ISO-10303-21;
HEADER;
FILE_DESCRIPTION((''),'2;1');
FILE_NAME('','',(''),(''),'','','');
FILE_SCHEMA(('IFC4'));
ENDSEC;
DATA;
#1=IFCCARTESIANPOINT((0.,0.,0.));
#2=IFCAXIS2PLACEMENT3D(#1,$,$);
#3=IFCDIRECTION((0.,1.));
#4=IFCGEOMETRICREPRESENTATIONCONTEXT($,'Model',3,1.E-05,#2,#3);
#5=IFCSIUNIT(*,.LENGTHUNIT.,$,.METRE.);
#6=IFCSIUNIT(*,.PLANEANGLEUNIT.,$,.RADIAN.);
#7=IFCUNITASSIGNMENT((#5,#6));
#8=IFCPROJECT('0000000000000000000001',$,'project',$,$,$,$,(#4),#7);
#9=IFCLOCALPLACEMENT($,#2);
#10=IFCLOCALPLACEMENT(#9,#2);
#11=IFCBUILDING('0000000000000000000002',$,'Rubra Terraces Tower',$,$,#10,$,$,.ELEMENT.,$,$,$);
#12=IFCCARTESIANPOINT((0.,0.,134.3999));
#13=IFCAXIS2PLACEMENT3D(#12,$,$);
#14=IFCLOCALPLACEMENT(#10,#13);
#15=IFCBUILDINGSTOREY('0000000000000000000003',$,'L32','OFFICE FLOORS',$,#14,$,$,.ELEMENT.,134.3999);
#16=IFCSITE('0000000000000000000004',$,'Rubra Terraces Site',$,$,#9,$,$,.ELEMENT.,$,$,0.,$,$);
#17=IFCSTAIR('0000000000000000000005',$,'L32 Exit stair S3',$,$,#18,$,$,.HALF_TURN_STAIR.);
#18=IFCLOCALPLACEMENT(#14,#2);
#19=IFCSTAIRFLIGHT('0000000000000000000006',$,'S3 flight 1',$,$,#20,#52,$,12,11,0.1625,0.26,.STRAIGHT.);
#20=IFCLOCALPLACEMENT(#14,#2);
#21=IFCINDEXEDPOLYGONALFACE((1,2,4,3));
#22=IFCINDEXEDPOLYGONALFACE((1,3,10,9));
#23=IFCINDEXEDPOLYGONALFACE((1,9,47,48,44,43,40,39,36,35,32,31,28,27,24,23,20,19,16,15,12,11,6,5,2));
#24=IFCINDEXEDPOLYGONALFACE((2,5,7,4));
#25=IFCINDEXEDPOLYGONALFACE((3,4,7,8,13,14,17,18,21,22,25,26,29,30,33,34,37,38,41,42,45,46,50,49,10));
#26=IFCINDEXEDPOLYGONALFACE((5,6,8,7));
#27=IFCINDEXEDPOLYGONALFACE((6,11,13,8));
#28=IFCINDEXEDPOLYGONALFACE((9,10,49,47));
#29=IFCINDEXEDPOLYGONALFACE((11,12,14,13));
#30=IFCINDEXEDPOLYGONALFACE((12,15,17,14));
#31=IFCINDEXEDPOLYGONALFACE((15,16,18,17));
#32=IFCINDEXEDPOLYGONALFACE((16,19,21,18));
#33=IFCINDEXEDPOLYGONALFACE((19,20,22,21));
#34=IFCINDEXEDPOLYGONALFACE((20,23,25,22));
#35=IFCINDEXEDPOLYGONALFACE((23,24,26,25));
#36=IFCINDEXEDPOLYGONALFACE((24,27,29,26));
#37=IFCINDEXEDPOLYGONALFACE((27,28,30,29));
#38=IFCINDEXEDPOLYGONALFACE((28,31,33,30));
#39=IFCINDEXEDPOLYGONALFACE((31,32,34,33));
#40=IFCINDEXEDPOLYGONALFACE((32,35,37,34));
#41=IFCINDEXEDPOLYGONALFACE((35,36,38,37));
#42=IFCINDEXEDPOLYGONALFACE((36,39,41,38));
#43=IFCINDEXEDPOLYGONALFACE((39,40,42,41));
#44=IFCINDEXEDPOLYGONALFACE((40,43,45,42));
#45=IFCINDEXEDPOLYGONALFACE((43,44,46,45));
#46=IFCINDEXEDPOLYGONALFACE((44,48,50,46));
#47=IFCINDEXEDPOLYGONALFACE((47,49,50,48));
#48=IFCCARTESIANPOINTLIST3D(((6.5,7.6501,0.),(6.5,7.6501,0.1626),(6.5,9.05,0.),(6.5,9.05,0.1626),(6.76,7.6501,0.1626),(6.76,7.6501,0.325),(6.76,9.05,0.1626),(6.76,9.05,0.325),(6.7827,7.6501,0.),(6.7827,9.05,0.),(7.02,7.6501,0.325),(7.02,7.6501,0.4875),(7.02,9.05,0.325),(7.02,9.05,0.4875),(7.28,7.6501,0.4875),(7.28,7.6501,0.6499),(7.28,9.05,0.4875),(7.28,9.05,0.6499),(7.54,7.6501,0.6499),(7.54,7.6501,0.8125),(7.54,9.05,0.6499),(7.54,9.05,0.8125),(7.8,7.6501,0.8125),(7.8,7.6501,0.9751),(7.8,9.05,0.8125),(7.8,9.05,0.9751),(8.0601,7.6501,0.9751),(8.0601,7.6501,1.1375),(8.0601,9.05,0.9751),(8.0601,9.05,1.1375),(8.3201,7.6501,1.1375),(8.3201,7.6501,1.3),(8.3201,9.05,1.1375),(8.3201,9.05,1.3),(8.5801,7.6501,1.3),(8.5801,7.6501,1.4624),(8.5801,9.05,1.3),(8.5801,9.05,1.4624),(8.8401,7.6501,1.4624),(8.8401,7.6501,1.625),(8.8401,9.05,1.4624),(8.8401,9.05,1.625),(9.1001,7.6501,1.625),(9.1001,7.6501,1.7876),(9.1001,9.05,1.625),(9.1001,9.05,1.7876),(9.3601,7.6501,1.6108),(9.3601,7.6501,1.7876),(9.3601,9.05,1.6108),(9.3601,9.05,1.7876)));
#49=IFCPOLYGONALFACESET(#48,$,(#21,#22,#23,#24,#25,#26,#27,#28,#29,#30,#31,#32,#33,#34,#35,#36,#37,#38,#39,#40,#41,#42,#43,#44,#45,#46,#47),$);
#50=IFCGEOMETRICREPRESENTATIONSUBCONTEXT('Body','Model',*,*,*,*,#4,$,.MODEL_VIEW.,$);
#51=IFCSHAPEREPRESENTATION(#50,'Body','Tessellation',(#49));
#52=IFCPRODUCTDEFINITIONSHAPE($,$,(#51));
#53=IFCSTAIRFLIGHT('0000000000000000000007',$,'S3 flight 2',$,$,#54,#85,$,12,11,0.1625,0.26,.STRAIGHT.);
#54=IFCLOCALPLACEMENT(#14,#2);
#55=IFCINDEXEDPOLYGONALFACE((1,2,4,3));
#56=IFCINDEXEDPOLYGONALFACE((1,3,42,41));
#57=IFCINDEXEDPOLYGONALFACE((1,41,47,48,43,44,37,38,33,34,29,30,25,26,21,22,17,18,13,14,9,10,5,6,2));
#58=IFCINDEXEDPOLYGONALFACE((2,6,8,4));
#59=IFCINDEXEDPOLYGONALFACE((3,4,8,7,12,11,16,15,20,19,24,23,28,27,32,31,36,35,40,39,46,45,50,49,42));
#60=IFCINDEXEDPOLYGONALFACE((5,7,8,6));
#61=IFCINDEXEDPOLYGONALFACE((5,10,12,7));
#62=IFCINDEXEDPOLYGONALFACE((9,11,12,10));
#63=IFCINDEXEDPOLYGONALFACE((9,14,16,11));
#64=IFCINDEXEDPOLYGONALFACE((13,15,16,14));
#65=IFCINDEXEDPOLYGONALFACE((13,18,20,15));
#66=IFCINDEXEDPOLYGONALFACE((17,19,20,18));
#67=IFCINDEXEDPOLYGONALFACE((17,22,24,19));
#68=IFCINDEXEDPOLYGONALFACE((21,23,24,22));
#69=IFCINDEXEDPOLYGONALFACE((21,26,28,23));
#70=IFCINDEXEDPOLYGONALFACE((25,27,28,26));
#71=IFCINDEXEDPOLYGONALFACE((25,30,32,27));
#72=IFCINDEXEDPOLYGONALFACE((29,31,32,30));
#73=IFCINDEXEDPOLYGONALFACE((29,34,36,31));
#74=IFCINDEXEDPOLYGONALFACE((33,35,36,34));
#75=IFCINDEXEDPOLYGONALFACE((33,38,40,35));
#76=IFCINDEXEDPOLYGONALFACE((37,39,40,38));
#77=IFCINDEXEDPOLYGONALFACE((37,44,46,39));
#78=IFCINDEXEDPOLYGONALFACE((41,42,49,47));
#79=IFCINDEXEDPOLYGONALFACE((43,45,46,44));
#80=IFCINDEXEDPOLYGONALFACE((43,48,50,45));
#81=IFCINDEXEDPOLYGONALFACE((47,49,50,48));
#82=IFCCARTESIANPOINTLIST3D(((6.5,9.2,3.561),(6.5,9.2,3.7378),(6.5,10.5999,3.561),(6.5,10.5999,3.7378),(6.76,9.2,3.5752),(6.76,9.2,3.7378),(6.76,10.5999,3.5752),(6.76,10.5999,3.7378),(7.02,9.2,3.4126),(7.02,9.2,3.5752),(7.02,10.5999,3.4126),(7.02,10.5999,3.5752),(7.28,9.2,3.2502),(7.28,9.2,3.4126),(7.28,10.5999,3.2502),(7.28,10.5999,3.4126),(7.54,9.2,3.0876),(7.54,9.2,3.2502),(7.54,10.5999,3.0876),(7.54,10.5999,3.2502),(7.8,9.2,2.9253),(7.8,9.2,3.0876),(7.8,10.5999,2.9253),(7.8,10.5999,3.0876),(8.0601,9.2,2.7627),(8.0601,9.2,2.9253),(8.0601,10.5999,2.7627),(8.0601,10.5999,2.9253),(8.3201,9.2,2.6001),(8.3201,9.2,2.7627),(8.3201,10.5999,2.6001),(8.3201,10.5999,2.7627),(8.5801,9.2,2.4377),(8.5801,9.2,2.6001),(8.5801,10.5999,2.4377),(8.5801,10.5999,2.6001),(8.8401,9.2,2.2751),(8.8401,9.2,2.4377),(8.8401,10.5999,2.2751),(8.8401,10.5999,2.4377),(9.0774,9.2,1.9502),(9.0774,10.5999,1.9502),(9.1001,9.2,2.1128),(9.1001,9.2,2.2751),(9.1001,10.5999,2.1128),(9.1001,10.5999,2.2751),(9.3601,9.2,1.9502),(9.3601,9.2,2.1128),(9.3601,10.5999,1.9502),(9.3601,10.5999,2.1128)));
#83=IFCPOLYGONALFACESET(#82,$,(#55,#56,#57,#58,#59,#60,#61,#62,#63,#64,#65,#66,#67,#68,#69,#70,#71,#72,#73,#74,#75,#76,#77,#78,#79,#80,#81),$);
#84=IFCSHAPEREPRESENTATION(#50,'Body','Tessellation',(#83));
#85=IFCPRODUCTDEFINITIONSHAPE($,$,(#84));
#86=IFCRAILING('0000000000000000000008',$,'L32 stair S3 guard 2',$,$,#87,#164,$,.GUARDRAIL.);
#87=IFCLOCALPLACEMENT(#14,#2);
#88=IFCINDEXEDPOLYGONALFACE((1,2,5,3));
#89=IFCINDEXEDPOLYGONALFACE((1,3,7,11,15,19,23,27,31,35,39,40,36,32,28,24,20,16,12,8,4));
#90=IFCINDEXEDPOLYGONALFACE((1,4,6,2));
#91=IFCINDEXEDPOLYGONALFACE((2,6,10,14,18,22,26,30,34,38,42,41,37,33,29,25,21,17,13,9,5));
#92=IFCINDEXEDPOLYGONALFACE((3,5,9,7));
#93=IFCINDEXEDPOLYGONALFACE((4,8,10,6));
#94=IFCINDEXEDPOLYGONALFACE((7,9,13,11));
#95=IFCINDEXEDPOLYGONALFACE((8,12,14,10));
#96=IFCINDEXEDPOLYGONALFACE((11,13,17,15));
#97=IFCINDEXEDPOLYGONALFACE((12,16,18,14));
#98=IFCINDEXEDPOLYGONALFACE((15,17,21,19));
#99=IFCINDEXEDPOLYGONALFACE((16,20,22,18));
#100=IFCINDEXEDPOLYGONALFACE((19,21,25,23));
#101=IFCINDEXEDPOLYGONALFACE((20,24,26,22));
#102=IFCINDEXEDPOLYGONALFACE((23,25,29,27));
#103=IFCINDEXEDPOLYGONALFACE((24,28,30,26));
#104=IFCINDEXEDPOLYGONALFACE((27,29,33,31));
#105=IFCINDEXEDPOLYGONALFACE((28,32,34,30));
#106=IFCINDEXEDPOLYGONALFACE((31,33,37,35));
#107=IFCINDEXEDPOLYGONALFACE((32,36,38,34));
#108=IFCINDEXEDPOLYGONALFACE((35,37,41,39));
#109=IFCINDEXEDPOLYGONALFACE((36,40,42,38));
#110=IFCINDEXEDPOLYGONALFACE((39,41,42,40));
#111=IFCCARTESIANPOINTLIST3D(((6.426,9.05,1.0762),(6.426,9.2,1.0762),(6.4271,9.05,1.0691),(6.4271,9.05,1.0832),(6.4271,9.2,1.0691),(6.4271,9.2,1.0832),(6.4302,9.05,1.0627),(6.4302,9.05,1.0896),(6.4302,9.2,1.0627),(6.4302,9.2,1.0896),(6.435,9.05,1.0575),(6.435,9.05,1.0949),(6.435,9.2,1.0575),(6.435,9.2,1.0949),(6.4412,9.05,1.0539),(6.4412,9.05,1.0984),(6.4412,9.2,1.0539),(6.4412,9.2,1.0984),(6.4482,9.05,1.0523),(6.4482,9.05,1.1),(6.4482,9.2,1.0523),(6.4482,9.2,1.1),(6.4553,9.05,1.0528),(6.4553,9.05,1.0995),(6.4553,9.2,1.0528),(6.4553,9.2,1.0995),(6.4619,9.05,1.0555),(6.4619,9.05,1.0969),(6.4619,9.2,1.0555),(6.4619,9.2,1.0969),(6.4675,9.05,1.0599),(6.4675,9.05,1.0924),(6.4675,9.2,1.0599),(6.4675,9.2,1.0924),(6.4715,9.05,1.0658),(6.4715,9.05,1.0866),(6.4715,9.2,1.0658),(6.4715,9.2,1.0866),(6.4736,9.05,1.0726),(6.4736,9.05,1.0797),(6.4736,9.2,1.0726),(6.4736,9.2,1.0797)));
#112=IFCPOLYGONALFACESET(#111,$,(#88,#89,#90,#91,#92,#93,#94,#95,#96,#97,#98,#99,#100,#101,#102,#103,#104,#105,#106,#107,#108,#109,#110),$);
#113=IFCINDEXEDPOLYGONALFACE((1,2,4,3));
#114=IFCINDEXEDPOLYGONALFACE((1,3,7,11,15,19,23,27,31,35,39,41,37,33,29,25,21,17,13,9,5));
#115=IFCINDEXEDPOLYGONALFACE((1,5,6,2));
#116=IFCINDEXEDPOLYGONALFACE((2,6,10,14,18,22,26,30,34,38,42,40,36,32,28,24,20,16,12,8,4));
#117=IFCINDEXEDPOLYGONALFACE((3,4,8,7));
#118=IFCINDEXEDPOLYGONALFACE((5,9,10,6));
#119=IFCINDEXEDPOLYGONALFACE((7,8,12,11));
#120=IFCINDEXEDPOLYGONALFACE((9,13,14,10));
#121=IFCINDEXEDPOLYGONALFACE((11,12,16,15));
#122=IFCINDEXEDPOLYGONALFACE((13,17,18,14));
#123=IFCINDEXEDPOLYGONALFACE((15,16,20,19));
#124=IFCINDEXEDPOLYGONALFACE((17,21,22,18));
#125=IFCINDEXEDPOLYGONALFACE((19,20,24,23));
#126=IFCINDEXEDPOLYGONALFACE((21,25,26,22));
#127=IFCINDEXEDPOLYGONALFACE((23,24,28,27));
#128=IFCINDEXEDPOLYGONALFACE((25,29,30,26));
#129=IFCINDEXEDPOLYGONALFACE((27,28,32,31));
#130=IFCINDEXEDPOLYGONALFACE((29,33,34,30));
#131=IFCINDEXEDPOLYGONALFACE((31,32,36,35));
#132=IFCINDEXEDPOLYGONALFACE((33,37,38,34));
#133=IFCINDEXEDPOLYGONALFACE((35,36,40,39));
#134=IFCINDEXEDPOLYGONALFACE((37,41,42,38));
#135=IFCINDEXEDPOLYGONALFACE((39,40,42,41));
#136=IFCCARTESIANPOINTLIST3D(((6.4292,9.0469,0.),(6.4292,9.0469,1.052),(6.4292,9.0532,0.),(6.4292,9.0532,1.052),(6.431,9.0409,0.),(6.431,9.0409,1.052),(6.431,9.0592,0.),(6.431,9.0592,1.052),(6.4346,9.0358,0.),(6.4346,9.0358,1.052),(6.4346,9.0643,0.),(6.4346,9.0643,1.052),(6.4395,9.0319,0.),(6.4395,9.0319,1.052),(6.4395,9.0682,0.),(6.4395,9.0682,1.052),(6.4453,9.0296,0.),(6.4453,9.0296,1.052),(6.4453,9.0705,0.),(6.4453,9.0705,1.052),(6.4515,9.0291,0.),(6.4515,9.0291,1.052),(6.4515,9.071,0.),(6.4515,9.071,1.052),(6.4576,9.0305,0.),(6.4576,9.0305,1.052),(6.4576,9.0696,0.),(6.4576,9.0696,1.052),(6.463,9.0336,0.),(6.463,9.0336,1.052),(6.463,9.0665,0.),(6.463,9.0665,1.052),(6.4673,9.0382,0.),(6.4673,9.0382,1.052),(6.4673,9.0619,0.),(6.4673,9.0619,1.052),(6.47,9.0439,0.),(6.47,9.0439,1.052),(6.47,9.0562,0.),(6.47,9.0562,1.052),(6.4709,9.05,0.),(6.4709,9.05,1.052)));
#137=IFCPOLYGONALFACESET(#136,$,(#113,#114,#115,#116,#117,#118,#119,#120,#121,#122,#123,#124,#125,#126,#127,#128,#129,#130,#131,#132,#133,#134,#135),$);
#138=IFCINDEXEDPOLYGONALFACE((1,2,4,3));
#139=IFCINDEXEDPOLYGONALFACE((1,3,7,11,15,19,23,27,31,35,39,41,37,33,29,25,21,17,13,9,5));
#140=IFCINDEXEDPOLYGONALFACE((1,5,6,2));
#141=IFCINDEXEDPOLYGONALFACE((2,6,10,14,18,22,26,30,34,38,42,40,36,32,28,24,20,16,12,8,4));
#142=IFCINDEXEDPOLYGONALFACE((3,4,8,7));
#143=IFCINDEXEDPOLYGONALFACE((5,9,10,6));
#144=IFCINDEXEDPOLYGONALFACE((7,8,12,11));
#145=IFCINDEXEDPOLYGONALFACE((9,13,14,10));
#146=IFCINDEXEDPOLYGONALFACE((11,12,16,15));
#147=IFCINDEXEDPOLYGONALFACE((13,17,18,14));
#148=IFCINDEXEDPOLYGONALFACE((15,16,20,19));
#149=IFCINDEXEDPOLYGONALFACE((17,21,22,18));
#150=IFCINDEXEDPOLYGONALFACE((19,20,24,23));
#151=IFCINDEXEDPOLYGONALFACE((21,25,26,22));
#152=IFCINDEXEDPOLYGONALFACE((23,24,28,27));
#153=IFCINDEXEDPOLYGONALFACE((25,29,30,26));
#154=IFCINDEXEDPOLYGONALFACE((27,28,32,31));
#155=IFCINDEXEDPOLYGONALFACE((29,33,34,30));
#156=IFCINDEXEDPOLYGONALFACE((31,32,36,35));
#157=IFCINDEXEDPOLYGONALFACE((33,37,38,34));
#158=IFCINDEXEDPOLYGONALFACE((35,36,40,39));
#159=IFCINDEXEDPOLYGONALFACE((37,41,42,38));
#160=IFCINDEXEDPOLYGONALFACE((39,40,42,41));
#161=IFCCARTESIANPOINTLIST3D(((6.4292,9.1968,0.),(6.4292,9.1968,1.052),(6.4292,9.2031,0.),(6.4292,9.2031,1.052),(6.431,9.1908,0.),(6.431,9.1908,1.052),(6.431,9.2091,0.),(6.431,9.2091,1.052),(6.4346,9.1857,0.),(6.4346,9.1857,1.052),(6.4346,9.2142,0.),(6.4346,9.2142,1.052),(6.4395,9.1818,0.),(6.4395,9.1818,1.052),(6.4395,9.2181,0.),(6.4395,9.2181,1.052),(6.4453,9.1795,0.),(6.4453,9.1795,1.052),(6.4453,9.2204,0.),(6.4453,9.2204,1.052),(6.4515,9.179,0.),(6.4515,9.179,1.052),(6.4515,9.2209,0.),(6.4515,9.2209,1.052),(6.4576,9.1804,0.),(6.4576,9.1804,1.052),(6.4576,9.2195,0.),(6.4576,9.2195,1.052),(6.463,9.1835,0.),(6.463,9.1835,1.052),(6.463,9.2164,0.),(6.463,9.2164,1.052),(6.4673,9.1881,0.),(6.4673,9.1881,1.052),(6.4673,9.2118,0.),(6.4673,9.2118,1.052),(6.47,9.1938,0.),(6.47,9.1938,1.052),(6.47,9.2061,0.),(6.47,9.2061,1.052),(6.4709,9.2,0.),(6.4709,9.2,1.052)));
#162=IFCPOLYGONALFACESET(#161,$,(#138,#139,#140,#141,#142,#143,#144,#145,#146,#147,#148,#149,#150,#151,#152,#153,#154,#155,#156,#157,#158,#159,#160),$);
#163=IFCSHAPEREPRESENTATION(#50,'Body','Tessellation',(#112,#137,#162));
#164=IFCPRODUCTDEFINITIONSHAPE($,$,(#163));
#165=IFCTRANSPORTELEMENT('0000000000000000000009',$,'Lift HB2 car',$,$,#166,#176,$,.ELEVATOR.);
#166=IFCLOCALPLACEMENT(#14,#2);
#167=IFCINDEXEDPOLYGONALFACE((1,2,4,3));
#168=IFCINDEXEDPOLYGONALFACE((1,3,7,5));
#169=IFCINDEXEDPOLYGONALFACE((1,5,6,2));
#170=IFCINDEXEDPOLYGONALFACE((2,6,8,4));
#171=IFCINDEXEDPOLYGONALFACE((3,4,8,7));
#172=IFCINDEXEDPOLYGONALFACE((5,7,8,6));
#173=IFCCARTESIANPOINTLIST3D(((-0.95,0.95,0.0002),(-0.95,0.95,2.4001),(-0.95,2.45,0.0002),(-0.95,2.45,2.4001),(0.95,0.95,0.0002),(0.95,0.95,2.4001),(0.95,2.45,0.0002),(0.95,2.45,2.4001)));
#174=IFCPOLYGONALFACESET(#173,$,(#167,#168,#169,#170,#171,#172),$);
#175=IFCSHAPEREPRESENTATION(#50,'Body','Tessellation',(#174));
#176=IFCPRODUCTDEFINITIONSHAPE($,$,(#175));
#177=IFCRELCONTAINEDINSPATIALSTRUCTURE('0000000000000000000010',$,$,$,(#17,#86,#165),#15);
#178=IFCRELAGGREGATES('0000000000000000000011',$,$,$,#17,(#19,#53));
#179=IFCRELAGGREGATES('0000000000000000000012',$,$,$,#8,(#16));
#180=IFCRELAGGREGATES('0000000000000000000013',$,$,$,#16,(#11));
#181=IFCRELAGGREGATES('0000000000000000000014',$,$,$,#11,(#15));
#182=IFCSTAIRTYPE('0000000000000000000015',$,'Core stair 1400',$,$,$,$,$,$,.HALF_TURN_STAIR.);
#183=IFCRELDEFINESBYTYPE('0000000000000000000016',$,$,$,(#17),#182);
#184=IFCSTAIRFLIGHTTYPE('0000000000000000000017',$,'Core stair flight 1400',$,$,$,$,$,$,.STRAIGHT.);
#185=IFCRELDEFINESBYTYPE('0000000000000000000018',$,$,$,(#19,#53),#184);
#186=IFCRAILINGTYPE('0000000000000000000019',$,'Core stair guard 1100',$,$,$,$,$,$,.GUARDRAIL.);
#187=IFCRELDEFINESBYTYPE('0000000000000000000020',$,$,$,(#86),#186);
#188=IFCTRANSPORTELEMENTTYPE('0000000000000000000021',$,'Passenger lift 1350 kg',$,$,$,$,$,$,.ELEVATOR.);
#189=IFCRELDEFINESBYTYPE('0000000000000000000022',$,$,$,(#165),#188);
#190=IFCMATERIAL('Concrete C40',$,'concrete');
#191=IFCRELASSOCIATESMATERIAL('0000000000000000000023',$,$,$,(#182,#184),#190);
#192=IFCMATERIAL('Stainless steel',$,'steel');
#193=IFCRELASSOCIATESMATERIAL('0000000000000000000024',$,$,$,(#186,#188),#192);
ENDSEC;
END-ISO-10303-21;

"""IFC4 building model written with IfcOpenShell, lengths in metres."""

from ifc_helpers import new_model, si_unit, direction, frame, origin, origin_2d, place, context, subcontext, project, spatial, polyline, rectangle, circle, outline, extrude, material, type_object, element, aggregate, save


model = new_model("IFC4")

# Units and contexts
model_context = context("Model", 3, precision=1e-05, world=origin(), true_north=direction((0.0, 1.0)))
body_context = subcontext(model_context, "Body", "Model", "MODEL_VIEW")
ifc_project = project(units=[si_unit("LENGTHUNIT", "METRE"), si_unit("PLANEANGLEUNIT", "RADIAN")], contexts=[model_context])

# Site, building, storey
site_placement = place(None, origin())
site = spatial("IfcSite", under=ifc_project, at=site_placement, Name="Rubra Terraces Site", CompositionType="ELEMENT", RefElevation=0.0)
building_placement = place(site_placement, origin())
building = spatial("IfcBuilding", under=site, at=building_placement, Name="Rubra Terraces Tower", CompositionType="ELEMENT")
storey_placement = place(building_placement, frame((0.0, 0.0, 134.3999)))
storey = spatial("IfcBuildingStorey", under=building, at=storey_placement, Name="L32", Description="OFFICE FLOORS", CompositionType="ELEMENT", Elevation=134.3999)

# Shared definitions
ifc_material_1 = material(Name="Concrete C40", Category="concrete")

# Shared definitions
ifc_material_2 = material(Name="Stainless steel", Category="steel")

# Stair, stair flights
stair_type = type_object("IfcStairType", Name="Core stair 1400", PredefinedType="HALF_TURN_STAIR", material=ifc_material_1)
stair_placement = place(storey_placement, origin())
stair = element("IfcStair", 1, at=stair_placement, inside=storey, type_object=stair_type, Name="L32 Exit stair S3", PredefinedType="HALF_TURN_STAIR")
stair_flight_type = type_object("IfcStairFlightType", Name="Core stair flight 1400", PredefinedType="STRAIGHT", material=ifc_material_1)
stair_flight_1_placement = place(storey_placement, frame((6.5, 8.3501, 0.0), z_axis=(0.0, 0.0, 1.0), x_axis=(1.0, 0.0, 0.0)))
stair_flight_1 = element("IfcStairFlight", 2, at=stair_flight_1_placement, type_object=stair_flight_type, Name="S3 flight 1", NumberOfRisers=12, NumberOfTreads=11, PredefinedType="STRAIGHT", RiserHeight=0.1625, TreadLength=0.26, context=body_context, shape_type="SweptSolid", body=[
    extrude(outline(polyline([(0.0, 0.0), (0.0, 0.1626), (0.26, 0.1626), (0.26, 0.325), (0.52, 0.325), (0.52, 0.4875), (0.78, 0.4875), (0.78, 0.6499), (1.04, 0.6499), (1.04, 0.8125), (1.3, 0.8125), (1.3, 0.9751), (1.5601, 0.9751), (1.5601, 1.1375), (1.8201, 1.1375), (1.8201, 1.3), (2.0801, 1.3), (2.0801, 1.4624), (2.3401, 1.4624), (2.3401, 1.625), (2.6001, 1.625), (2.6001, 1.7876), (2.8601, 1.7876), (2.8601, 1.95), (2.8601, 1.6108), (0.2827, 0.0), (0.0, 0.0)])), frame((0.0, 0.7, 0.0), z_axis=(0.0, -1.0, 0.0), x_axis=(1.0, 0.0, 0.0)), (0.0, 0.0, 1.0), 1.3999),
])
stair_flight_2_placement = place(storey_placement, frame((9.3601, 9.8999, 1.9502), z_axis=(0.0, 0.0, 1.0), x_axis=(-1.0, 0.0, 0.0)))
stair_flight_2 = element("IfcStairFlight", 3, at=stair_flight_2_placement, type_object=stair_flight_type, Name="S3 flight 2", NumberOfRisers=12, NumberOfTreads=11, PredefinedType="STRAIGHT", RiserHeight=0.1625, TreadLength=0.26, context=body_context, shape_type="SweptSolid", body=[
    extrude(outline(polyline([(0.0, 0.0), (0.0, 0.1626), (0.26, 0.1626), (0.26, 0.325), (0.52, 0.325), (0.52, 0.4875), (0.78, 0.4875), (0.78, 0.6499), (1.04, 0.6499), (1.04, 0.8125), (1.3, 0.8125), (1.3, 0.9751), (1.5601, 0.9751), (1.5601, 1.1375), (1.8201, 1.1375), (1.8201, 1.3), (2.0801, 1.3), (2.0801, 1.4624), (2.3401, 1.4624), (2.3401, 1.625), (2.6001, 1.625), (2.6001, 1.7876), (2.8601, 1.7876), (2.8601, 1.95), (2.8601, 1.6108), (0.2827, 0.0), (0.0, 0.0)])), frame((0.0, 0.7, 0.0), z_axis=(0.0, -1.0, 0.0), x_axis=(1.0, 0.0, 0.0)), (0.0, 0.0, 1.0), 1.3999),
])
aggregate(stair, [stair_flight_1, stair_flight_2])

# Railing
railing_type_1 = type_object("IfcRailingType", Name="Core stair guard 1100", PredefinedType="GUARDRAIL", material=ifc_material_2)
railing_1_placement = place(storey_placement, frame((6.45, 9.05, 0.0)))
element("IfcRailing", 4, at=railing_1_placement, inside=storey, type_object=railing_type_1, Name="L32 stair S3 guard 2", PredefinedType="GUARDRAIL", context=body_context, shape_type="SweptSolid", body=[
    extrude(circle(Radius=0.0239, at=origin_2d()), frame((0.0, 0.0, 1.0762), z_axis=(0.0, 1.0, 0.0), x_axis=(-1.0, 0.0, 0.0)), (0.0, 0.0, 1.0), 0.1499),
    extrude(circle(Radius=0.021, at=origin_2d()), origin(), (0.0, 0.0, 1.0), 1.052),
    extrude(circle(Radius=0.021, at=origin_2d()), frame((0.0, 0.1499, 0.0)), (0.0, 0.0, 1.0), 1.052),
])

# Transport element
transport_element_type = type_object("IfcTransportElementType", Name="Passenger lift 1350 kg", PredefinedType="ELEVATOR", material=ifc_material_2)
transport_element_placement = place(storey_placement, frame((0.0, 1.7, 0.0002), z_axis=(0.0, 0.0, 1.0), x_axis=(1.0, 0.0, 0.0)))
element("IfcTransportElement", 5, at=transport_element_placement, inside=storey, type_object=transport_element_type, Name="Lift HB2 car", PredefinedType="ELEVATOR", context=body_context, shape_type="SweptSolid", body=[
    extrude(rectangle(XDim=1.8999, YDim=1.5, at=origin_2d()), origin(), (0.0, 0.0, 1.0), 2.3999),
])

save(model, "model.ifc")
